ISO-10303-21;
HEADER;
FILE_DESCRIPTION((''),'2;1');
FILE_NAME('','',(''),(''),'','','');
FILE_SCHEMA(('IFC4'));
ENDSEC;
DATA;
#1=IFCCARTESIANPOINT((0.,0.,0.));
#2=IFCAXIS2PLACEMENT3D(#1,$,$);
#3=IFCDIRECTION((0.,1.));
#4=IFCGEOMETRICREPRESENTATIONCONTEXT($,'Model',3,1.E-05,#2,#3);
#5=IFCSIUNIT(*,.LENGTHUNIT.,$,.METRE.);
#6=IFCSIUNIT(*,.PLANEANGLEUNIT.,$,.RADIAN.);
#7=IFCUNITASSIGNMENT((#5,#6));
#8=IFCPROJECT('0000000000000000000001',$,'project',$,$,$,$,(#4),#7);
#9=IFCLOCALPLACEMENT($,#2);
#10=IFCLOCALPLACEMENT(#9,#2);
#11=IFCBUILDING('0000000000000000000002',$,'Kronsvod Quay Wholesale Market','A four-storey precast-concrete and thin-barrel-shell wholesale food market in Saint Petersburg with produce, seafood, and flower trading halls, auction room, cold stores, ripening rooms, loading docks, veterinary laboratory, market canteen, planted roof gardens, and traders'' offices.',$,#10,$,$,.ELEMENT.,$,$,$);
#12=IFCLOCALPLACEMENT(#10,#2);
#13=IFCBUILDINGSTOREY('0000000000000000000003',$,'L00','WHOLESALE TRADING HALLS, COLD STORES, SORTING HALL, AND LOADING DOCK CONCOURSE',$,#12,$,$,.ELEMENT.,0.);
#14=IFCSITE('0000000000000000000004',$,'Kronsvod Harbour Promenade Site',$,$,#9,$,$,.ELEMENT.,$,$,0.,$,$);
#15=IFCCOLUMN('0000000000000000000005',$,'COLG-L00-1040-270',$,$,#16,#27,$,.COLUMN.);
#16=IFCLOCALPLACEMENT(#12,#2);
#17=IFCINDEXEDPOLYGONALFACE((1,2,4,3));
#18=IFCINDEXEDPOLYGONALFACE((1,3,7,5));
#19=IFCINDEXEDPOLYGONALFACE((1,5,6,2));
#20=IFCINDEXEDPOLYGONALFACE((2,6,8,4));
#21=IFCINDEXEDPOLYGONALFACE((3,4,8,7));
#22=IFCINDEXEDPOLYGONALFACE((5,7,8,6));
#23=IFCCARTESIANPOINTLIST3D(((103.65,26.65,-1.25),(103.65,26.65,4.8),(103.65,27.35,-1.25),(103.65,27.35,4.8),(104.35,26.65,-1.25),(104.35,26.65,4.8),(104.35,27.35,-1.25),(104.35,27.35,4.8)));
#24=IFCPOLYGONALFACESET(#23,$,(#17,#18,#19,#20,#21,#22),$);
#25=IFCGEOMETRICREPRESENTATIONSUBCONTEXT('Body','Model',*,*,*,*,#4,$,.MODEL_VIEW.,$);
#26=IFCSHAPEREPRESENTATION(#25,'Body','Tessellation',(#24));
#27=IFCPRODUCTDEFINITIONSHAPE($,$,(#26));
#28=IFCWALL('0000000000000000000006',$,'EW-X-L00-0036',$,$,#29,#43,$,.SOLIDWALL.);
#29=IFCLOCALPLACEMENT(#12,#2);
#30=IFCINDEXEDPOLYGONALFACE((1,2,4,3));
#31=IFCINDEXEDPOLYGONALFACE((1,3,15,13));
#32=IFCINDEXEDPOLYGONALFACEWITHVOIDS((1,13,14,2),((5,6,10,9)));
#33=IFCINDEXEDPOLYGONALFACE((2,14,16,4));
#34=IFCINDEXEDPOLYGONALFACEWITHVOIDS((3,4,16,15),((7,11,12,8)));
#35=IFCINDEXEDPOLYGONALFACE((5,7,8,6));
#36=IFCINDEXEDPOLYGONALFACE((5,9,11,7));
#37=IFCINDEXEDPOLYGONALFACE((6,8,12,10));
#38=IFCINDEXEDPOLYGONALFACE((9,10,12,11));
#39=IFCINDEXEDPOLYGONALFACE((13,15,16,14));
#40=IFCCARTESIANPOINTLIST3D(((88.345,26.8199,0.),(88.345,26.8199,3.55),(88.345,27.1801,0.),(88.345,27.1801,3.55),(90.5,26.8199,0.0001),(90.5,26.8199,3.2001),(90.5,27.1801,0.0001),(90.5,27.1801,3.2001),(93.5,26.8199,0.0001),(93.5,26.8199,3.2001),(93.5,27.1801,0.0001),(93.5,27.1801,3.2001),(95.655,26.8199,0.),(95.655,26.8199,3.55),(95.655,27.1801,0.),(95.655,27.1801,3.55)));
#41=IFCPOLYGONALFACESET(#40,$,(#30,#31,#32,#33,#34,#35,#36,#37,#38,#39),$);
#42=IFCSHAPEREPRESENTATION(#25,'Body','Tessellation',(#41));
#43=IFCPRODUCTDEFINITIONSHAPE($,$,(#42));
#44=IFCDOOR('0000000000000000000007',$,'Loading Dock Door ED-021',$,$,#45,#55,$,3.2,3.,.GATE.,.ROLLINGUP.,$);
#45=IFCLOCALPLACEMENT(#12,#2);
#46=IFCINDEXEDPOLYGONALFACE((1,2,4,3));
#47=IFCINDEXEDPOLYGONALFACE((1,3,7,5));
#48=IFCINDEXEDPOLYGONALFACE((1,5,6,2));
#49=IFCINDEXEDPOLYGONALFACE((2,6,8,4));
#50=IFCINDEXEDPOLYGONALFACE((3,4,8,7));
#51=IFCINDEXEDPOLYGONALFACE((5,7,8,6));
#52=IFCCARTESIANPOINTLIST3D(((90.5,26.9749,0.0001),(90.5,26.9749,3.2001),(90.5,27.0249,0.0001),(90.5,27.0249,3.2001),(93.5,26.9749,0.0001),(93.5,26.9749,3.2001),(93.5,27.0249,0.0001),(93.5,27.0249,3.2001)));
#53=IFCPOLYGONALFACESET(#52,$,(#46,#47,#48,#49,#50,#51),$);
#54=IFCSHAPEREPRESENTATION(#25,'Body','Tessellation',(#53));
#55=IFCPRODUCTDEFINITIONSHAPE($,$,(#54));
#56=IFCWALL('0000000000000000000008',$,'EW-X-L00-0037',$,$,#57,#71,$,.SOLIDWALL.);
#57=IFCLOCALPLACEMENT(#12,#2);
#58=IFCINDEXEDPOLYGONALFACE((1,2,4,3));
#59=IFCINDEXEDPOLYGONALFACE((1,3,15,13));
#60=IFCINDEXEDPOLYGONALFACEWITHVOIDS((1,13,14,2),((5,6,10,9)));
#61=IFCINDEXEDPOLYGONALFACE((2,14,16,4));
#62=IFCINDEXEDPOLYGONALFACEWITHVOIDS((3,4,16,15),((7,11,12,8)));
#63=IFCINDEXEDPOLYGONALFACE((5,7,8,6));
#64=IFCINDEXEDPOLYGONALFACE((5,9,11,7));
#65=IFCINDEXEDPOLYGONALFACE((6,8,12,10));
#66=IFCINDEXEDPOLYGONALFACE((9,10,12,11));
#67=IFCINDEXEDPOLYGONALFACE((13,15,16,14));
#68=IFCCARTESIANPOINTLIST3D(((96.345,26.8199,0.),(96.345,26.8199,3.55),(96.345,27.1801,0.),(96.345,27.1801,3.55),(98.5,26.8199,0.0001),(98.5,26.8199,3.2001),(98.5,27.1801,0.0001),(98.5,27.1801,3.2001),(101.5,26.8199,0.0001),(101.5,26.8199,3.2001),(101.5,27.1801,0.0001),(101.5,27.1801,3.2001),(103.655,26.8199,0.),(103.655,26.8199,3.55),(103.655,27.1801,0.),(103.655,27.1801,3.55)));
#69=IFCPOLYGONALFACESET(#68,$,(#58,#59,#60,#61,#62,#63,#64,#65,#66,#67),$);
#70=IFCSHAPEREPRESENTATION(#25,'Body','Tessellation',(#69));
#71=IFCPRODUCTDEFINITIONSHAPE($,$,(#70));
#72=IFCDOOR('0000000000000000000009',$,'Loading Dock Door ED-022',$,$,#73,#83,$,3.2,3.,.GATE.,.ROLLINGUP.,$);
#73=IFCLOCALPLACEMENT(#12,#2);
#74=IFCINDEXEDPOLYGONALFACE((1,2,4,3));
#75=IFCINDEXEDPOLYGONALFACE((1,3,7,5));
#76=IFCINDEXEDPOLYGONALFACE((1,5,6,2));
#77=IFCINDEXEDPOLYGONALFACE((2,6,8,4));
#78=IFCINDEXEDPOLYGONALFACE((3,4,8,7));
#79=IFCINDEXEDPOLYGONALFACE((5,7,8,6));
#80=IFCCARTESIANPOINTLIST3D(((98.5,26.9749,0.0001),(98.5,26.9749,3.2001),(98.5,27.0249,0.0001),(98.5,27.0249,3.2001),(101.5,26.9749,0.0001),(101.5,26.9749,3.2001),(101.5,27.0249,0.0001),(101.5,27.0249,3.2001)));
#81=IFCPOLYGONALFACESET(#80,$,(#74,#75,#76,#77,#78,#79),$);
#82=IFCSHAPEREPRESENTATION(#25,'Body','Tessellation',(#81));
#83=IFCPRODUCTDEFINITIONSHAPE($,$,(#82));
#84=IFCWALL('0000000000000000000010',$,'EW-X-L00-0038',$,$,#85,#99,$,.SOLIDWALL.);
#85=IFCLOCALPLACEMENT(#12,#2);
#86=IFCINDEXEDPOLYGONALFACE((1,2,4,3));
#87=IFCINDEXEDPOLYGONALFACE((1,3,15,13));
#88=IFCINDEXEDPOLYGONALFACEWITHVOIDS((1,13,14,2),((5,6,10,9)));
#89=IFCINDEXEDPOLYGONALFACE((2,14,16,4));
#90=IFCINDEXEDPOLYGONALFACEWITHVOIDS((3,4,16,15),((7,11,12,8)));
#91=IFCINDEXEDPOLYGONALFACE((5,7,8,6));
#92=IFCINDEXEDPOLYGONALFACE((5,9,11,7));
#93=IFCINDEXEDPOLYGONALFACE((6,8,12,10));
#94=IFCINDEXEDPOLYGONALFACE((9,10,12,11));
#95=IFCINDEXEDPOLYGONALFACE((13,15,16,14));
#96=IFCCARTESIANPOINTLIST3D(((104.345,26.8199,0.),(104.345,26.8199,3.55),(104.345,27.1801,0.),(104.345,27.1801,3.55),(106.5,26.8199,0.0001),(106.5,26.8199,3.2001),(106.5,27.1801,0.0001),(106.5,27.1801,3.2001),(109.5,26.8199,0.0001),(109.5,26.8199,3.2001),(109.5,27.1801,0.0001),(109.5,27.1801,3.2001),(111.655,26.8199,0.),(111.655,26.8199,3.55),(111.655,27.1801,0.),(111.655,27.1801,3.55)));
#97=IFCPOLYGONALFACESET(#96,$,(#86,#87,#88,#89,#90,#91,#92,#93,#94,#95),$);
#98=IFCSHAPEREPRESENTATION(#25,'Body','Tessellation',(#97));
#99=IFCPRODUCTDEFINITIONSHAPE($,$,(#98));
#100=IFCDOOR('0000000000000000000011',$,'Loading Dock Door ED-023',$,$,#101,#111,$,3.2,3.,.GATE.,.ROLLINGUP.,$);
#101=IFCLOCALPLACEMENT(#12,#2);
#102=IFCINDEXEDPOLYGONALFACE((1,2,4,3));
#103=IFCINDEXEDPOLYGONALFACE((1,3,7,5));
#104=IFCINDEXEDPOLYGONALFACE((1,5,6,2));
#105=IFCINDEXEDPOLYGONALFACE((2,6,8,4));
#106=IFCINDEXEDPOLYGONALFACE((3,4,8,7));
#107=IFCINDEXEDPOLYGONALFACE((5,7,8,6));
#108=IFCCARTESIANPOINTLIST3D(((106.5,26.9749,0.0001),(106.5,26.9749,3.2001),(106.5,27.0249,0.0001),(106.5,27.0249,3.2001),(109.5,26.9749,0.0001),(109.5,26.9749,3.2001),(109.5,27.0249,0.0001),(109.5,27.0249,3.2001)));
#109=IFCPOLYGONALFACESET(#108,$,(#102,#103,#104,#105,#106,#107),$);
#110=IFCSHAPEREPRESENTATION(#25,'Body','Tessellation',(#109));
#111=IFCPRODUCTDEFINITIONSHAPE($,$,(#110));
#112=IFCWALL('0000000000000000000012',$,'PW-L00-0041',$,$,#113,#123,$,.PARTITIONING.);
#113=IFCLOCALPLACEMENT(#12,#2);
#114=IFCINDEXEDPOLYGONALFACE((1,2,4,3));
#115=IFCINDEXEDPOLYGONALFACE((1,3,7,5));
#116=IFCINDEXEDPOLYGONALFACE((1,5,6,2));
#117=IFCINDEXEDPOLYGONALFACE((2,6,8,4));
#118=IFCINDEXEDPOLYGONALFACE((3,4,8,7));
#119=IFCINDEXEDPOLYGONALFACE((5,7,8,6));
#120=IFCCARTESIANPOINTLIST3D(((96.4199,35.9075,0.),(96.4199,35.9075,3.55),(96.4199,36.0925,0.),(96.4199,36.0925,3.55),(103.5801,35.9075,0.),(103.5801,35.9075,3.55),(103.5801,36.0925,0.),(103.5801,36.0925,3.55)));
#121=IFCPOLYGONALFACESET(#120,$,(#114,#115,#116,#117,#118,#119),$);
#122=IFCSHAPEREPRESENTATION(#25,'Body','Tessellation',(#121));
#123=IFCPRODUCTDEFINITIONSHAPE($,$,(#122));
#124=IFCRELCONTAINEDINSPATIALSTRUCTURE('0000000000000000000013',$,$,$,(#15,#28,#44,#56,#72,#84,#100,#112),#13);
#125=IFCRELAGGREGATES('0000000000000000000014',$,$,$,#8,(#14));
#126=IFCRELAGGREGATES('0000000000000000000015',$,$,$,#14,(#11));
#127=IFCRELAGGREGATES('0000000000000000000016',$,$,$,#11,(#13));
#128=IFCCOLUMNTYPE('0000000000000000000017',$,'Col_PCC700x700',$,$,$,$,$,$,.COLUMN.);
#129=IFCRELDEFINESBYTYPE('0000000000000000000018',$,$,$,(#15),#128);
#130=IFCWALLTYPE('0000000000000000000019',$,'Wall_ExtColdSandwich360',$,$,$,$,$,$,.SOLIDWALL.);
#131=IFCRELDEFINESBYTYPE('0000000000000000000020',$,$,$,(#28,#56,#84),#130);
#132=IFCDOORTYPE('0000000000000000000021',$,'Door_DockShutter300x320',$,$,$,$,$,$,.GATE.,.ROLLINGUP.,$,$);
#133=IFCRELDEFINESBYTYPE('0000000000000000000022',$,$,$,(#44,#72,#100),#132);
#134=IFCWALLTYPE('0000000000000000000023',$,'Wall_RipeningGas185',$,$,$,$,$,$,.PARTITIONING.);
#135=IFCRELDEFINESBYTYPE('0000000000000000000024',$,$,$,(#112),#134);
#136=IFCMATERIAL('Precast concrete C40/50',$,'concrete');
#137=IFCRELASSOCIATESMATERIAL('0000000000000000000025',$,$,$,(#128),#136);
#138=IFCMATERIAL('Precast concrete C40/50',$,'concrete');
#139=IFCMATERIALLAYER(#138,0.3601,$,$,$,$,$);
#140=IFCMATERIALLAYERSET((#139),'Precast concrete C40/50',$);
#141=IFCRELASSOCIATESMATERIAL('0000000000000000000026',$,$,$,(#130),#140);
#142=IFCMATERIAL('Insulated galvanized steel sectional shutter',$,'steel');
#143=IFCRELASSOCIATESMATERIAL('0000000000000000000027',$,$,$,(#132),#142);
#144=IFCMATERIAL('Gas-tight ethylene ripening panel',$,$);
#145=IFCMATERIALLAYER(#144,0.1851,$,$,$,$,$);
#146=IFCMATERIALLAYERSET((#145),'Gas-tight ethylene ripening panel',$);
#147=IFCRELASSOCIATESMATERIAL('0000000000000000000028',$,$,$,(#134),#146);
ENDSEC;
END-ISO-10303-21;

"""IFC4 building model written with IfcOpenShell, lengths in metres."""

from ifc_helpers import new_model, si_unit, direction, frame, frame_2d, origin, origin_2d, place, context, subcontext, project, spatial, rectangle, extrude, material, layer, layer_set, material_profile, profile_set, type_object, element, fill, save


model = new_model("IFC4")

# Units and contexts
model_context = context("Model", 3, precision=1e-05, world=origin(), true_north=direction((0.0, 1.0)))
body_context = subcontext(model_context, "Body", "Model", "MODEL_VIEW")
ifc_project = project(units=[si_unit("LENGTHUNIT", "METRE"), si_unit("PLANEANGLEUNIT", "RADIAN")], contexts=[model_context])

# Site, building, storey
site_placement = place(None, origin())
site = spatial("IfcSite", under=ifc_project, at=site_placement, Name="Kronsvod Harbour Promenade Site", CompositionType="ELEMENT", RefElevation=0.0)
building_placement = place(site_placement, origin())
building = spatial("IfcBuilding", under=site, at=building_placement, Name="Kronsvod Quay Wholesale Market", Description="A four-storey precast-concrete and thin-barrel-shell wholesale food market in Saint Petersburg with produce, seafood, and flower trading halls, auction room, cold stores, ripening rooms, loading docks, veterinary laboratory, market canteen, planted roof gardens, and traders' offices.", CompositionType="ELEMENT")
storey_placement = place(building_placement, origin())
storey = spatial("IfcBuildingStorey", under=building, at=storey_placement, Name="L00", Description="WHOLESALE TRADING HALLS, COLD STORES, SORTING HALL, AND LOADING DOCK CONCOURSE", CompositionType="ELEMENT", Elevation=0.0)

# Column
ifc_material_1 = material(Name="Precast concrete C40/50", Category="concrete")
ifc_material_profile_1 = material_profile(ifc_material_1, rectangle(XDim=0.7, YDim=0.7, at=origin_2d()), Name="PCC700x700")
ifc_profile_set_1 = profile_set([ifc_material_profile_1], Name="Precast concrete C40/50")
column_type = type_object("IfcColumnType", Name="Col_PCC700x700", PredefinedType="COLUMN", material=ifc_profile_set_1)
for number, where, z_axis, x_axis, name in (
    (1, (104.0, 27.0, -1.25), (0.0, 0.0, 1.0), (1.0, 0.0, 0.0), "COLG-L00-1040-270"),
):
    element("IfcColumn", number, at=place(storey_placement, frame(where, z_axis=z_axis, x_axis=x_axis)), inside=storey, type_object=column_type, Name=name, PredefinedType="COLUMN", context=body_context, shape_type="SweptSolid", body=[
        extrude(rectangle(XDim=0.7, YDim=0.7, at=origin_2d()), origin(), (0.0, 0.0, 1.0), 6.05),
    ])

# Walls, openings, doors
ifc_material_2 = material(Name="Precast concrete C40/50", Category="concrete")
ifc_layer_1 = layer(ifc_material_2, 0.3601)
ifc_layer_set_1 = layer_set([ifc_layer_1], Name="Precast concrete C40/50")
wall_type_1 = type_object("IfcWallType", Name="Wall_ExtColdSandwich360", PredefinedType="SOLIDWALL", material=ifc_layer_set_1)
wall_1_placement = place(storey_placement, frame((88.345, 27.0, 0.0), z_axis=(0.0, 0.0, 1.0), x_axis=(1.0, 0.0, 0.0)))
wall_1 = element("IfcWall", 2, at=wall_1_placement, inside=storey, type_object=wall_type_1, Name="EW-X-L00-0036", PredefinedType="SOLIDWALL", context=body_context, shape_type="SweptSolid", body=[
    extrude(rectangle(XDim=7.3101, YDim=0.3601, at=frame_2d((3.655, 0.0))), origin(), (0.0, 0.0, 1.0), 3.55),
])
opening_1_placement = place(wall_1_placement, frame((2.155, 0.0, 0.0)))
opening_1 = element("IfcOpeningElement", 3, at=opening_1_placement, cuts=wall_1, PredefinedType="OPENING", context=body_context, shape_type="SweptSolid", body=[
    extrude(rectangle(XDim=3.0, YDim=3.2, at=frame_2d((1.5, 1.6001))), frame((0.0, 0.1899, 0.0), z_axis=(0.0, -1.0, 0.0), x_axis=(1.0, 0.0, 0.0)), (0.0, 0.0, 1.0), 0.3801),
])
ifc_material_3 = material(Name="Insulated galvanized steel sectional shutter", Category="steel")
door_type_1 = type_object("IfcDoorType", Name="Door_DockShutter300x320", OperationType="ROLLINGUP", PredefinedType="GATE", material=ifc_material_3)
door_1_placement = place(opening_1_placement, origin())
door_1 = element("IfcDoor", 4, at=door_1_placement, inside=storey, type_object=door_type_1, Name="Loading Dock Door ED-021", OperationType="ROLLINGUP", OverallHeight=3.2, OverallWidth=3.0, PredefinedType="GATE", context=body_context, shape_type="SweptSolid", body=[
    extrude(rectangle(XDim=3.0, YDim=3.2, at=frame_2d((1.5, 1.6001))), frame((0.0, 0.0249, 0.0), z_axis=(0.0, -1.0, 0.0), x_axis=(1.0, 0.0, 0.0)), (0.0, 0.0, 1.0), 0.05),
])
fill(opening_1, door_1)
wall_2_placement = place(storey_placement, frame((96.345, 27.0, 0.0), z_axis=(0.0, 0.0, 1.0), x_axis=(1.0, 0.0, 0.0)))
wall_2 = element("IfcWall", 5, at=wall_2_placement, inside=storey, type_object=wall_type_1, Name="EW-X-L00-0037", PredefinedType="SOLIDWALL", context=body_context, shape_type="SweptSolid", body=[
    extrude(rectangle(XDim=7.3101, YDim=0.3601, at=frame_2d((3.655, 0.0))), origin(), (0.0, 0.0, 1.0), 3.55),
])
opening_2_placement = place(wall_2_placement, frame((2.155, 0.0, 0.0)))
opening_2 = element("IfcOpeningElement", 6, at=opening_2_placement, cuts=wall_2, PredefinedType="OPENING", context=body_context, shape_type="SweptSolid", body=[
    extrude(rectangle(XDim=3.0, YDim=3.2, at=frame_2d((1.5, 1.6001))), frame((0.0, 0.1899, 0.0), z_axis=(0.0, -1.0, 0.0), x_axis=(1.0, 0.0, 0.0)), (0.0, 0.0, 1.0), 0.3801),
])
door_2_placement = place(opening_2_placement, origin())
door_2 = element("IfcDoor", 7, at=door_2_placement, inside=storey, type_object=door_type_1, Name="Loading Dock Door ED-022", OperationType="ROLLINGUP", OverallHeight=3.2, OverallWidth=3.0, PredefinedType="GATE", context=body_context, shape_type="SweptSolid", body=[
    extrude(rectangle(XDim=3.0, YDim=3.2, at=frame_2d((1.5, 1.6001))), frame((0.0, 0.0249, 0.0), z_axis=(0.0, -1.0, 0.0), x_axis=(1.0, 0.0, 0.0)), (0.0, 0.0, 1.0), 0.05),
])
fill(opening_2, door_2)
wall_3_placement = place(storey_placement, frame((104.345, 27.0, 0.0), z_axis=(0.0, 0.0, 1.0), x_axis=(1.0, 0.0, 0.0)))
wall_3 = element("IfcWall", 8, at=wall_3_placement, inside=storey, type_object=wall_type_1, Name="EW-X-L00-0038", PredefinedType="SOLIDWALL", context=body_context, shape_type="SweptSolid", body=[
    extrude(rectangle(XDim=7.3101, YDim=0.3601, at=frame_2d((3.655, 0.0))), origin(), (0.0, 0.0, 1.0), 3.55),
])
opening_3_placement = place(wall_3_placement, frame((2.155, 0.0, 0.0)))
opening_3 = element("IfcOpeningElement", 9, at=opening_3_placement, cuts=wall_3, PredefinedType="OPENING", context=body_context, shape_type="SweptSolid", body=[
    extrude(rectangle(XDim=3.0, YDim=3.2, at=frame_2d((1.5, 1.6001))), frame((0.0, 0.1899, 0.0), z_axis=(0.0, -1.0, 0.0), x_axis=(1.0, 0.0, 0.0)), (0.0, 0.0, 1.0), 0.3801),
])
door_3_placement = place(opening_3_placement, origin())
door_3 = element("IfcDoor", 10, at=door_3_placement, inside=storey, type_object=door_type_1, Name="Loading Dock Door ED-023", OperationType="ROLLINGUP", OverallHeight=3.2, OverallWidth=3.0, PredefinedType="GATE", context=body_context, shape_type="SweptSolid", body=[
    extrude(rectangle(XDim=3.0, YDim=3.2, at=frame_2d((1.5, 1.6001))), frame((0.0, 0.0249, 0.0), z_axis=(0.0, -1.0, 0.0), x_axis=(1.0, 0.0, 0.0)), (0.0, 0.0, 1.0), 0.05),
])
fill(opening_3, door_3)
ifc_material_4 = material(Name="Gas-tight ethylene ripening panel")
ifc_layer_2 = layer(ifc_material_4, 0.1851)
ifc_layer_set_2 = layer_set([ifc_layer_2], Name="Gas-tight ethylene ripening panel")
wall_type_2 = type_object("IfcWallType", Name="Wall_RipeningGas185", PredefinedType="PARTITIONING", material=ifc_layer_set_2)

# Wall
wall_4_placement = place(storey_placement, frame((96.4199, 36.0, 0.0), z_axis=(0.0, 0.0, 1.0), x_axis=(1.0, 0.0, 0.0)))
element("IfcWall", 11, at=wall_4_placement, inside=storey, type_object=wall_type_2, Name="PW-L00-0041", PredefinedType="PARTITIONING", context=body_context, shape_type="SweptSolid", body=[
    extrude(rectangle(XDim=7.1602, YDim=0.1851, at=frame_2d((3.5801, 0.0))), origin(), (0.0, 0.0, 1.0), 3.55),
])

save(model, "model.ifc")
